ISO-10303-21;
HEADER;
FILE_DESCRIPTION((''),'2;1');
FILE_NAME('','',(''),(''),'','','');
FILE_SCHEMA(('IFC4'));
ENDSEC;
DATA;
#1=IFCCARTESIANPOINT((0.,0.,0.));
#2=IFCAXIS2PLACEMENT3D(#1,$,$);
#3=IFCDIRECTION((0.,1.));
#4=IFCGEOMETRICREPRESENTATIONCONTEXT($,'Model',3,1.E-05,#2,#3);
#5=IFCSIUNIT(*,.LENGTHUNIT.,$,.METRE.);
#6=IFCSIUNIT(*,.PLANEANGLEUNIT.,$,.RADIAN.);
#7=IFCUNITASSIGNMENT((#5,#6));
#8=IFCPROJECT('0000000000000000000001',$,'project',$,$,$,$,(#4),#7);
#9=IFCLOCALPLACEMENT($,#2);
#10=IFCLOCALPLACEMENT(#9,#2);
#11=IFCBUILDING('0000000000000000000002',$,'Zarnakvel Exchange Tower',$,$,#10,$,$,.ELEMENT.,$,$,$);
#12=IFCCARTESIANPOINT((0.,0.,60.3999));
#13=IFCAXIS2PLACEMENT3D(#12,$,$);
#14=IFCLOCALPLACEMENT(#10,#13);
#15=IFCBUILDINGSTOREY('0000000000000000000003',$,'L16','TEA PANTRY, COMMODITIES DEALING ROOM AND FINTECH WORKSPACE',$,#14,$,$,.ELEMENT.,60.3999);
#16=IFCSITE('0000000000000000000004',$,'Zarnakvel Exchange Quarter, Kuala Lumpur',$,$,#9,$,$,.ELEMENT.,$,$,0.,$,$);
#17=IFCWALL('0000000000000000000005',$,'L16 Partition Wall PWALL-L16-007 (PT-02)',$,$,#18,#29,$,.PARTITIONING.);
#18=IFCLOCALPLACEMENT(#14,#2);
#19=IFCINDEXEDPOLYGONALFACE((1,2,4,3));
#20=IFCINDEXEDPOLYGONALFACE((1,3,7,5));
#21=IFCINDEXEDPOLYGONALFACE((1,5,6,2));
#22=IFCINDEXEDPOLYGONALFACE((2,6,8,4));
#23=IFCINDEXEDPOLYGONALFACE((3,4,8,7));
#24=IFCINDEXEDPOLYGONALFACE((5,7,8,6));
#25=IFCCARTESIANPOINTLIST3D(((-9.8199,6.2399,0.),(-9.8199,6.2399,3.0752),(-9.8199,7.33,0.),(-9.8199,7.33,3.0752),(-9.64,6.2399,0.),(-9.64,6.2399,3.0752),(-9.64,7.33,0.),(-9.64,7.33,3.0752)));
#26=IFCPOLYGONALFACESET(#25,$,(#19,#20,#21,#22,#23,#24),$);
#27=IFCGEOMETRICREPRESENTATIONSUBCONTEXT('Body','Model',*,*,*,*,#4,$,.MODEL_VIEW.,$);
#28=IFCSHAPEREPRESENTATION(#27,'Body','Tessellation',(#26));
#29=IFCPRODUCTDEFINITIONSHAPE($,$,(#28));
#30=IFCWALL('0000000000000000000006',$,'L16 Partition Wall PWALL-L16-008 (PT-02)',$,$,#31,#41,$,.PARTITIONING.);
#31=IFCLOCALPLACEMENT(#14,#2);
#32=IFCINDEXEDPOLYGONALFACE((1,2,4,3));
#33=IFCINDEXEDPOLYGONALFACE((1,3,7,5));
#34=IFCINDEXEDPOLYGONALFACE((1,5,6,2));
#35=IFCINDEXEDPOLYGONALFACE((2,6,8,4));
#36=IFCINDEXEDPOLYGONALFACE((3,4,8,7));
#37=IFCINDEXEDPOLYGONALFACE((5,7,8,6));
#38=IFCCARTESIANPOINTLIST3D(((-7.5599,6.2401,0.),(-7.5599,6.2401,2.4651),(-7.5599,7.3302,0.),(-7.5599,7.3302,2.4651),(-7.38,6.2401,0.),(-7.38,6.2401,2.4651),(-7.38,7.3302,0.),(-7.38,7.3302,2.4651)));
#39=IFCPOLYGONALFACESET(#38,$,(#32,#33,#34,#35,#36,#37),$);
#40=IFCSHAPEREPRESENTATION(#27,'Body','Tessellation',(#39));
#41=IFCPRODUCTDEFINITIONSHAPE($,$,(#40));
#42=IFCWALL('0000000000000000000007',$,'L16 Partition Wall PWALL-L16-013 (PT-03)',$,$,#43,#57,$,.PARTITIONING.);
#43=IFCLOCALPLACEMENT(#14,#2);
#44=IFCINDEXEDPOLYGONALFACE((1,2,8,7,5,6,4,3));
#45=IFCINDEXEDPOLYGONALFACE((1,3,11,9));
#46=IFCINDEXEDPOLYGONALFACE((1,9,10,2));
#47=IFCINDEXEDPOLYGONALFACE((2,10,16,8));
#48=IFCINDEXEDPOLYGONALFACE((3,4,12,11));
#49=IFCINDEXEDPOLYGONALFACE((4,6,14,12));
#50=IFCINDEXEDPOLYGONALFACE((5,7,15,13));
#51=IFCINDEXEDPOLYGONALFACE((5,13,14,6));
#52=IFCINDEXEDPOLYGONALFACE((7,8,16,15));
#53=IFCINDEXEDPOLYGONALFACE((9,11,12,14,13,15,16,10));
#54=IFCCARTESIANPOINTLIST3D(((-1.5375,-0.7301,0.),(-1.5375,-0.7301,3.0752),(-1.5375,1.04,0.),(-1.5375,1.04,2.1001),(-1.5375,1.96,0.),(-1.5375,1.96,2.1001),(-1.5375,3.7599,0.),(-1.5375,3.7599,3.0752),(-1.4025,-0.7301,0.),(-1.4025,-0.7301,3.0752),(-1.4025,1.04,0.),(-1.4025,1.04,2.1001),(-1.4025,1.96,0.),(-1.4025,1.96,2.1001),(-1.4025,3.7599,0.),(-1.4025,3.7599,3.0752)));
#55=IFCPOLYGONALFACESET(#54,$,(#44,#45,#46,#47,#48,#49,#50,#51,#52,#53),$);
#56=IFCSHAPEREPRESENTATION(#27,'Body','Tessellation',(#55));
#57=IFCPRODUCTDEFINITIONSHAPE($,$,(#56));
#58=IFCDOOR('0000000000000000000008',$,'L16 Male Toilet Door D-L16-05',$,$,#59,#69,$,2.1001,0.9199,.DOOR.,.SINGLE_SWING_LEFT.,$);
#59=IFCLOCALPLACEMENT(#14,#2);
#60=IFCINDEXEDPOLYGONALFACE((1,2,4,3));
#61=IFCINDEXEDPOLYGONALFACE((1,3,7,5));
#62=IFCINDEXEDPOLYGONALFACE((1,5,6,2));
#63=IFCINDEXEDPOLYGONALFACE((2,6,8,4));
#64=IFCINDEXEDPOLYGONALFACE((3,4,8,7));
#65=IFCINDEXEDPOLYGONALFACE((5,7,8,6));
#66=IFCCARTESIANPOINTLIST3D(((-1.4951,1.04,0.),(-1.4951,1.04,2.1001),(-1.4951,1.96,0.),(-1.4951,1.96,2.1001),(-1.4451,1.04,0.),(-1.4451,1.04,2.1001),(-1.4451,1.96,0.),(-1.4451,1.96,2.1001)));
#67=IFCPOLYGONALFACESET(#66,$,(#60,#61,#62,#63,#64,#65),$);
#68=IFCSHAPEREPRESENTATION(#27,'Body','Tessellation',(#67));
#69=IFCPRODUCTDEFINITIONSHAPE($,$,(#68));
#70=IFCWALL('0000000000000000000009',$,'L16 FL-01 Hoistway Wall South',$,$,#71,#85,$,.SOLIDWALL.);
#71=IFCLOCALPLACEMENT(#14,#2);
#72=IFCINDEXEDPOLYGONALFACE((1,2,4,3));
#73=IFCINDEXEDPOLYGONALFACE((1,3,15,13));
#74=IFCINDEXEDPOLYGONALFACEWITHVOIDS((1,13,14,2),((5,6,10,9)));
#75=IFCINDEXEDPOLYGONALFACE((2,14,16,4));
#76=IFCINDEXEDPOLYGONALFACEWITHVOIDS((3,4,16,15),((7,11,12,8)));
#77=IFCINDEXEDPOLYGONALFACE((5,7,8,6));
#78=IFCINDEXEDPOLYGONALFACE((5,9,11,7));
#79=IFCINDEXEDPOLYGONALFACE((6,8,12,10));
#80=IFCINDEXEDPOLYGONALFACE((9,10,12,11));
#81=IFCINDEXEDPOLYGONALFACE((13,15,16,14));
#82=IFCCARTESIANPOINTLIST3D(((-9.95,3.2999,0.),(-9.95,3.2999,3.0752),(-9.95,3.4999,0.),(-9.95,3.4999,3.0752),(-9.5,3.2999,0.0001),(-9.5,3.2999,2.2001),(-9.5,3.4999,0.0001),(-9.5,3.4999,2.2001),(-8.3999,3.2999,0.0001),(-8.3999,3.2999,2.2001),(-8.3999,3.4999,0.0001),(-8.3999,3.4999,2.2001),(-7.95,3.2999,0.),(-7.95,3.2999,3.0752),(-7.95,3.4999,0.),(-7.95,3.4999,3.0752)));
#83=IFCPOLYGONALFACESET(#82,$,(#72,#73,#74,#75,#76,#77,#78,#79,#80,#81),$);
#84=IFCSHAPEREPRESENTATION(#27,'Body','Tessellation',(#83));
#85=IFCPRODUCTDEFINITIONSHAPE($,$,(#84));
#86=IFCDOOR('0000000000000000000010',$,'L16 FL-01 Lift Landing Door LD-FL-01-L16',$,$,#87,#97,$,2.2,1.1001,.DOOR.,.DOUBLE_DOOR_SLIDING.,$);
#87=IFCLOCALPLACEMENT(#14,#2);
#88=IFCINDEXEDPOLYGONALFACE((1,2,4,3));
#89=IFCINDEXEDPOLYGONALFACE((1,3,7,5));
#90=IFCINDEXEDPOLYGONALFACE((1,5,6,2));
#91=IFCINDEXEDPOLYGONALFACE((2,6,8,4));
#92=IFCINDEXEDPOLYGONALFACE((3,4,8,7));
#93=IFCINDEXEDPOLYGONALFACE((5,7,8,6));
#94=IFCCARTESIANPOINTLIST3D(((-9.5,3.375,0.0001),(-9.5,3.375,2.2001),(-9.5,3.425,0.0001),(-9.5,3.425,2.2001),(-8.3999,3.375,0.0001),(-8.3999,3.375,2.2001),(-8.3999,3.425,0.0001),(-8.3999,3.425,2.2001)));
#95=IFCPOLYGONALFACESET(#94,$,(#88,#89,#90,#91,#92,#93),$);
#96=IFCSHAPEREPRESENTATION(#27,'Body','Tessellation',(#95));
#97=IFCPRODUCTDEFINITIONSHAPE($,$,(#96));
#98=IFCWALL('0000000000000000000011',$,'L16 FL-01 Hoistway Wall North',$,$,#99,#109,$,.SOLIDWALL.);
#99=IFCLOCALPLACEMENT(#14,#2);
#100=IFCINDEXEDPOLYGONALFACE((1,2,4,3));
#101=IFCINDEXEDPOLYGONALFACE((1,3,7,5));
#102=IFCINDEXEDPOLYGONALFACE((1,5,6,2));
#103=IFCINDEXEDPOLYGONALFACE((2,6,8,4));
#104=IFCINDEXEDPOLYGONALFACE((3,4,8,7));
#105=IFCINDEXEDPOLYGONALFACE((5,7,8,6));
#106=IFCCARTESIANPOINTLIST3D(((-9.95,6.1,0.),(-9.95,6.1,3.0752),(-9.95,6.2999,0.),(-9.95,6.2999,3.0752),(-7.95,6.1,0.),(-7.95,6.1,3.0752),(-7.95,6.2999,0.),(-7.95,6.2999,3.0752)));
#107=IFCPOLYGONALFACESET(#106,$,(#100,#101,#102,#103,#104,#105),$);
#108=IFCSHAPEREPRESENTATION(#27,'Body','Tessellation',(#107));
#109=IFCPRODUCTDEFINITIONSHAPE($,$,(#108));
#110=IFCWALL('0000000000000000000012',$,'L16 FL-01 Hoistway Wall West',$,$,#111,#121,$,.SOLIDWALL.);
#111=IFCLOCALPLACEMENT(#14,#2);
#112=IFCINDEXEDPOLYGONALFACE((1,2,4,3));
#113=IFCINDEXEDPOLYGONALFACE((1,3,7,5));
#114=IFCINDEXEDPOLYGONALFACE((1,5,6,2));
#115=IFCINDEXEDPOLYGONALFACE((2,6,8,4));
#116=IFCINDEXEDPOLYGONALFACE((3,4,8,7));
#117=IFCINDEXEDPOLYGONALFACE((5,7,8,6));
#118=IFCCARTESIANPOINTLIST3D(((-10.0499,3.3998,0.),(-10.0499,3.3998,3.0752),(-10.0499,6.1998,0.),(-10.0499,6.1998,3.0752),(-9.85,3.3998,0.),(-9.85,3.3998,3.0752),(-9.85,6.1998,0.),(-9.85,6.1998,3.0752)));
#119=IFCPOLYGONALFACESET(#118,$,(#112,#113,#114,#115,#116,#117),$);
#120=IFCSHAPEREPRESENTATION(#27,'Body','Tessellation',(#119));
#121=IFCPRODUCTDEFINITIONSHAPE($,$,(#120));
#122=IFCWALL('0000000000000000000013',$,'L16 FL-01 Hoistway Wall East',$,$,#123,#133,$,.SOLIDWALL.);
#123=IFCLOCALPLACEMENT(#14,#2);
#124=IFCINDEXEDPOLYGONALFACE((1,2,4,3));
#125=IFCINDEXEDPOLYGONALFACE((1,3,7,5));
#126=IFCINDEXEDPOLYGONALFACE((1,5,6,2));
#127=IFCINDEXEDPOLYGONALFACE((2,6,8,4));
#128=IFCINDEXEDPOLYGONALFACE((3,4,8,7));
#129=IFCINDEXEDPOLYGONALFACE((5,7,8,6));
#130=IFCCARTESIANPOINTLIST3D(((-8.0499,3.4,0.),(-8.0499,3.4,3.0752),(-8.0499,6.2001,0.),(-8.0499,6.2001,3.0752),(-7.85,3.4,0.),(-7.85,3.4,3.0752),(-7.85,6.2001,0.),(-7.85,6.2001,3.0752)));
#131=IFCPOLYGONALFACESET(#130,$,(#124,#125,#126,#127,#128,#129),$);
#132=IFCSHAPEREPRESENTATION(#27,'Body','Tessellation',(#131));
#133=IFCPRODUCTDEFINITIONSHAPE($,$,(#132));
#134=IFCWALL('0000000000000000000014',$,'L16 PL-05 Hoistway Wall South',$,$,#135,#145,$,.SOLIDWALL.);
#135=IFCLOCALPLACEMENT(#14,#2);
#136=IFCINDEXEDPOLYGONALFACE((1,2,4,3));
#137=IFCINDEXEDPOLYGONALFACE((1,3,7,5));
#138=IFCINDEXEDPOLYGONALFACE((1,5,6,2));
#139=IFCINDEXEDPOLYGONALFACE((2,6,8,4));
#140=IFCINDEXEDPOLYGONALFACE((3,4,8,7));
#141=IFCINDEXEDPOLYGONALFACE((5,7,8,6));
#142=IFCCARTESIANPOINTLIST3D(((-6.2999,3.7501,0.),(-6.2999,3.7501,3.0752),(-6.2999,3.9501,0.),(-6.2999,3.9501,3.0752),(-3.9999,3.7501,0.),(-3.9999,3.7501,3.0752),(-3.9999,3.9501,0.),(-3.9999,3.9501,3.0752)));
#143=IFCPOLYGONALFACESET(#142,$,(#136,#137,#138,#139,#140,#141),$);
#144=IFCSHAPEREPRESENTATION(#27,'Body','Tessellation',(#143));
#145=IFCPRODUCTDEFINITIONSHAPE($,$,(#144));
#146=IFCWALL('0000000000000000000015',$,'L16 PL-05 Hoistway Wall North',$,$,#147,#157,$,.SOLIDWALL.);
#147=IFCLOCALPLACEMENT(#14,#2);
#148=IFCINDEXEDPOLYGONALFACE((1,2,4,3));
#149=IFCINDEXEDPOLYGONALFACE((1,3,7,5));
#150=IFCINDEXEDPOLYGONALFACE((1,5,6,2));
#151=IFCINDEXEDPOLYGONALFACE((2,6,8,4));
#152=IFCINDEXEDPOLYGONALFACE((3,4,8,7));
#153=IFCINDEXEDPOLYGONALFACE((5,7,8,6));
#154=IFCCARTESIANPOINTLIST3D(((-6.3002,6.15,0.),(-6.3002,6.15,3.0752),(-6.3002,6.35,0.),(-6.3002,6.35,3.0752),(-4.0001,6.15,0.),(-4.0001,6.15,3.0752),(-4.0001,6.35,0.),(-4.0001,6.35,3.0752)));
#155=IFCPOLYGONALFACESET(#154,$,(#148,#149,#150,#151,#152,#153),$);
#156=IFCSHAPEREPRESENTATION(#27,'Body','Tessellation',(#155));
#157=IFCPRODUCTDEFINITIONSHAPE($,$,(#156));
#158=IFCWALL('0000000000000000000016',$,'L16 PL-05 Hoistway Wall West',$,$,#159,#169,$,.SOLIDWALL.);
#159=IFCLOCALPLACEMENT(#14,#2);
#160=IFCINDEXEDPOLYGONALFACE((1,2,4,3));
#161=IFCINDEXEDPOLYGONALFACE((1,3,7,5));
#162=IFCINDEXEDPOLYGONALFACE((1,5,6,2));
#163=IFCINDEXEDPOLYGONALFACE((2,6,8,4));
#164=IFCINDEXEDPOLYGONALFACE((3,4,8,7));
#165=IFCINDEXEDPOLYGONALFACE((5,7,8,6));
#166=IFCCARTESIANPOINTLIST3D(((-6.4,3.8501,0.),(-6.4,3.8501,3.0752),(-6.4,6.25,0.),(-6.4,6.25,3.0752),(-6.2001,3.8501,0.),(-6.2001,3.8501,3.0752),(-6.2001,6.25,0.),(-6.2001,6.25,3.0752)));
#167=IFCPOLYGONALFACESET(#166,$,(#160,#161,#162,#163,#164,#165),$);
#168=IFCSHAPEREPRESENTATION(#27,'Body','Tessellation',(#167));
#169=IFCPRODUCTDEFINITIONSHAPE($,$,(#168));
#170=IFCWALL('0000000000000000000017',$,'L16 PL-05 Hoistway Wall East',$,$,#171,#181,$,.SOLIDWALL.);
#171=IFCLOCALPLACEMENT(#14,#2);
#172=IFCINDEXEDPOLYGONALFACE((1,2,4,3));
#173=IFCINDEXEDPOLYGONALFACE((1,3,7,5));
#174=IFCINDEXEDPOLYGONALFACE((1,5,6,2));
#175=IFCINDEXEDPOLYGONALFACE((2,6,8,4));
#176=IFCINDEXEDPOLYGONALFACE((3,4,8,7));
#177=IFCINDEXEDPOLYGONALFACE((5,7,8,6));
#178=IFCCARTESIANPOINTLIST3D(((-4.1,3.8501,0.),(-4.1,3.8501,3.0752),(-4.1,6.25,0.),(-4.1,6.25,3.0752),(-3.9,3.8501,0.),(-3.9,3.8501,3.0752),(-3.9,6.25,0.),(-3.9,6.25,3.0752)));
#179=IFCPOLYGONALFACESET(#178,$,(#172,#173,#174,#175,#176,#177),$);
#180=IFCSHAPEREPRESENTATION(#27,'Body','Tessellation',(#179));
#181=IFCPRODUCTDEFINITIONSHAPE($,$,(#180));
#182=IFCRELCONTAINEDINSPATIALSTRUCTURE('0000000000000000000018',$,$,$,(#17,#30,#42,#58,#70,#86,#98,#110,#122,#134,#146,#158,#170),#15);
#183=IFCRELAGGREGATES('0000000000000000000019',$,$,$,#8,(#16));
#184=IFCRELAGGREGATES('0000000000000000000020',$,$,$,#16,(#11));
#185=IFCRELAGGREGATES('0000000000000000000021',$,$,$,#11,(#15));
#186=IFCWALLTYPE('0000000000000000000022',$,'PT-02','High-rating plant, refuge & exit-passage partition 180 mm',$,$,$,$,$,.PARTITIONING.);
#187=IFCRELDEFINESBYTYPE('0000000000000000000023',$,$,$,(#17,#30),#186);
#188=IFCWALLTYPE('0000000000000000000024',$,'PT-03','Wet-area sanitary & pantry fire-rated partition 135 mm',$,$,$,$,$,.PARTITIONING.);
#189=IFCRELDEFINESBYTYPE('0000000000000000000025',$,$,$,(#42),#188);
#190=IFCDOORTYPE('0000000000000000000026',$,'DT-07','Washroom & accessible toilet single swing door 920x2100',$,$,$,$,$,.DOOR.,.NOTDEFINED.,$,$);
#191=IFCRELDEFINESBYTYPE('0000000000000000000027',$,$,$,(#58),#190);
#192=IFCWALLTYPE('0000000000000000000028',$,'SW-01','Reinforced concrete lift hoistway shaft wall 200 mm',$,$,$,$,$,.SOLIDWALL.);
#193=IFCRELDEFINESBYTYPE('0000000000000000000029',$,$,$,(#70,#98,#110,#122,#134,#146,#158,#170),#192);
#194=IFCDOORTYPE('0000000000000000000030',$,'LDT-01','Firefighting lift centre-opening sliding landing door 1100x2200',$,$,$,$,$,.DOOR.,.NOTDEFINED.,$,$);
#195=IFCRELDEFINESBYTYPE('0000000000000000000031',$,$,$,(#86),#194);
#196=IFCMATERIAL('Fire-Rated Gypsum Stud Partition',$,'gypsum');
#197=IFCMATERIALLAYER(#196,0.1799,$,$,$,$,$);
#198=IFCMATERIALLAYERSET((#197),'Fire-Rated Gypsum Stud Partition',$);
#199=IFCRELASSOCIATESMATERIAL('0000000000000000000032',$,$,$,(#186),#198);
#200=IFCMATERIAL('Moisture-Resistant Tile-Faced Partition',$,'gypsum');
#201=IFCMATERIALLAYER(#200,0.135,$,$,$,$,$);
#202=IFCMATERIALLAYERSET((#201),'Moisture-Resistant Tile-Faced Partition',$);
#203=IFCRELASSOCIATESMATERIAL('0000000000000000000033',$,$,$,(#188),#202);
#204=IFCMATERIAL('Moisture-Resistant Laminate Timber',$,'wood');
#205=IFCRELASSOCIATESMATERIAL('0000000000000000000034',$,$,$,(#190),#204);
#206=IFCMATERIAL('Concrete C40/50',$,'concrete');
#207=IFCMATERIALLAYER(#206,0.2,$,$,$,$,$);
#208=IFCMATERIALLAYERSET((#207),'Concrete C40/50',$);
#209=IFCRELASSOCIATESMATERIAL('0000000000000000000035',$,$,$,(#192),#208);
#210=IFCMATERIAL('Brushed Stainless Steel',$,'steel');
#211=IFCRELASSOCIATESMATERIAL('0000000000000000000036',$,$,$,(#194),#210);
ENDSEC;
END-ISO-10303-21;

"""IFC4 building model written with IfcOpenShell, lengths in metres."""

from ifc_helpers import new_model, si_unit, direction, frame, frame_2d, origin, place, context, subcontext, project, spatial, rectangle, extrude, source, transform, mapped, material, layer, layer_set, type_object, element, fill, save


model = new_model("IFC4")

# Units and contexts
model_context = context("Model", 3, precision=1e-05, world=origin(), true_north=direction((0.0, 1.0)))
body_context = subcontext(model_context, "Body", "Model", "MODEL_VIEW")
ifc_project = project(units=[si_unit("LENGTHUNIT", "METRE"), si_unit("PLANEANGLEUNIT", "RADIAN")], contexts=[model_context])

# Site, building, storey
site_placement = place(None, origin())
site = spatial("IfcSite", under=ifc_project, at=site_placement, Name="Zarnakvel Exchange Quarter, Kuala Lumpur", CompositionType="ELEMENT", RefElevation=0.0)
building_placement = place(site_placement, origin())
building = spatial("IfcBuilding", under=site, at=building_placement, Name="Zarnakvel Exchange Tower", CompositionType="ELEMENT")
storey_placement = place(building_placement, frame((0.0, 0.0, 60.3999)))
storey = spatial("IfcBuildingStorey", under=building, at=storey_placement, Name="L16", Description="TEA PANTRY, COMMODITIES DEALING ROOM AND FINTECH WORKSPACE", CompositionType="ELEMENT", Elevation=60.3999)

# Walls
ifc_material_1 = material(Name="Fire-Rated Gypsum Stud Partition", Category="gypsum")
ifc_layer_1 = layer(ifc_material_1, 0.1799)
ifc_layer_set_1 = layer_set([ifc_layer_1], Name="Fire-Rated Gypsum Stud Partition")
wall_type_1 = type_object("IfcWallType", Name="PT-02", Description="High-rating plant, refuge & exit-passage partition 180 mm", PredefinedType="PARTITIONING", material=ifc_layer_set_1)
wall_1_placement = place(storey_placement, frame((-9.73, 6.24, 0.0), z_axis=(0.0, 0.0, 1.0), x_axis=(0.0, 1.0, 0.0)))
element("IfcWall", 1, at=wall_1_placement, inside=storey, type_object=wall_type_1, Name="L16 Partition Wall PWALL-L16-007 (PT-02)", PredefinedType="PARTITIONING", context=body_context, shape_type="SweptSolid", body=[
    extrude(rectangle(XDim=1.0901, YDim=0.1799, at=frame_2d((0.5449, 0.0))), origin(), (0.0, 0.0, 1.0), 3.0752),
])
wall_2_placement = place(storey_placement, frame((-7.47, 7.3301, 0.0), z_axis=(0.0, 0.0, 1.0), x_axis=(0.0, -1.0, 0.0)))
element("IfcWall", 2, at=wall_2_placement, inside=storey, type_object=wall_type_1, Name="L16 Partition Wall PWALL-L16-008 (PT-02)", PredefinedType="PARTITIONING", context=body_context, shape_type="SweptSolid", body=[
    extrude(rectangle(XDim=1.0901, YDim=0.1799, at=frame_2d((0.5449, 0.0))), origin(), (0.0, 0.0, 1.0), 2.4651),
])

# Walls, openings, doors
ifc_material_2 = material(Name="Moisture-Resistant Tile-Faced Partition", Category="gypsum")
ifc_layer_2 = layer(ifc_material_2, 0.135)
ifc_layer_set_2 = layer_set([ifc_layer_2], Name="Moisture-Resistant Tile-Faced Partition")
wall_type_2 = type_object("IfcWallType", Name="PT-03", Description="Wet-area sanitary & pantry fire-rated partition 135 mm", PredefinedType="PARTITIONING", material=ifc_layer_set_2)
wall_3_placement = place(storey_placement, frame((-1.47, 3.76, 0.0), z_axis=(0.0, 0.0, 1.0), x_axis=(0.0, -1.0, 0.0)))
wall_3 = element("IfcWall", 3, at=wall_3_placement, inside=storey, type_object=wall_type_2, Name="L16 Partition Wall PWALL-L16-013 (PT-03)", PredefinedType="PARTITIONING", context=body_context, shape_type="SweptSolid", body=[
    extrude(rectangle(XDim=4.49, YDim=0.135, at=frame_2d((2.2451, 0.0))), origin(), (0.0, 0.0, 1.0), 3.0752),
])
opening_1_placement = place(wall_3_placement, frame((1.8, 0.0, 0.0)))
opening_1 = element("IfcOpeningElement", 4, at=opening_1_placement, cuts=wall_3, PredefinedType="OPENING", context=body_context, shape_type="SweptSolid", body=[
    extrude(rectangle(XDim=0.9199, YDim=2.1001, at=frame_2d((0.46, 1.05))), frame((0.0, 0.0774, 0.0), z_axis=(0.0, -1.0, 0.0), x_axis=(1.0, 0.0, 0.0)), (0.0, 0.0, 1.0), 0.155),
])
ifc_material_3 = material(Name="Moisture-Resistant Laminate Timber", Category="wood")
door_type_1 = type_object("IfcDoorType", Name="DT-07", Description="Washroom & accessible toilet single swing door 920x2100", OperationType="NOTDEFINED", PredefinedType="DOOR", material=ifc_material_3)
shared_shape_1 = source(origin(), body_context, "Body", "SweptSolid", [
    extrude(rectangle(XDim=0.9199, YDim=2.1001, at=frame_2d((0.46, 1.05))), frame((0.0, 0.0249, 0.0), z_axis=(0.0, -1.0, 0.0), x_axis=(1.0, 0.0, 0.0)), (0.0, 0.0, 1.0), 0.05),
])
door_1_placement = place(opening_1_placement, origin())
door_1 = element("IfcDoor", 5, at=door_1_placement, inside=storey, type_object=door_type_1, Name="L16 Male Toilet Door D-L16-05", OperationType="SINGLE_SWING_LEFT", OverallHeight=2.1001, OverallWidth=0.9199, PredefinedType="DOOR", context=body_context, shape_type="MappedRepresentation", body=[
    mapped(shared_shape_1, transform((0.0, 0.0, 0.0), x_axis=(1.0, 0.0, 0.0), y_axis=(0.0, 1.0, 0.0), z_axis=(0.0, 0.0, 1.0), scale=1.0)),
])
fill(opening_1, door_1)
ifc_material_4 = material(Name="Concrete C40/50", Category="concrete")
ifc_layer_3 = layer(ifc_material_4, 0.2)
ifc_layer_set_3 = layer_set([ifc_layer_3], Name="Concrete C40/50")
wall_type_3 = type_object("IfcWallType", Name="SW-01", Description="Reinforced concrete lift hoistway shaft wall 200 mm", PredefinedType="SOLIDWALL", material=ifc_layer_set_3)
wall_4_placement = place(storey_placement, frame((-7.95, 3.3999, 0.0), z_axis=(0.0, 0.0, 1.0), x_axis=(-1.0, 0.0, 0.0)))
wall_4 = element("IfcWall", 6, at=wall_4_placement, inside=storey, type_object=wall_type_3, Name="L16 FL-01 Hoistway Wall South", PredefinedType="SOLIDWALL", context=body_context, shape_type="SweptSolid", body=[
    extrude(rectangle(XDim=2.0, YDim=0.2, at=frame_2d((1.0, 0.0))), origin(), (0.0, 0.0, 1.0), 3.0752),
])
opening_2_placement = place(wall_4_placement, frame((0.45, 0.0, 0.0)))
opening_2 = element("IfcOpeningElement", 7, at=opening_2_placement, cuts=wall_4, PredefinedType="OPENING", context=body_context, shape_type="SweptSolid", body=[
    extrude(rectangle(XDim=1.1001, YDim=2.2, at=frame_2d((0.55, 1.1001))), frame((0.0, 0.1099, 0.0), z_axis=(0.0, -1.0, 0.0), x_axis=(1.0, 0.0, 0.0)), (0.0, 0.0, 1.0), 0.22),
])
ifc_material_5 = material(Name="Brushed Stainless Steel", Category="steel")
door_type_2 = type_object("IfcDoorType", Name="LDT-01", Description="Firefighting lift centre-opening sliding landing door 1100x2200", OperationType="NOTDEFINED", PredefinedType="DOOR", material=ifc_material_5)
shared_shape_2 = source(origin(), body_context, "Body", "SweptSolid", [
    extrude(rectangle(XDim=1.1001, YDim=2.2, at=frame_2d((0.55, 1.1001))), frame((0.0, 0.0249, 0.0), z_axis=(0.0, -1.0, 0.0), x_axis=(1.0, 0.0, 0.0)), (0.0, 0.0, 1.0), 0.05),
])
door_2_placement = place(opening_2_placement, origin())
door_2 = element("IfcDoor", 8, at=door_2_placement, inside=storey, type_object=door_type_2, Name="L16 FL-01 Lift Landing Door LD-FL-01-L16", OperationType="DOUBLE_DOOR_SLIDING", OverallHeight=2.2, OverallWidth=1.1001, PredefinedType="DOOR", context=body_context, shape_type="MappedRepresentation", body=[
    mapped(shared_shape_2, transform((0.0, 0.0, 0.0), x_axis=(1.0, 0.0, 0.0), y_axis=(0.0, 1.0, 0.0), z_axis=(0.0, 0.0, 1.0), scale=1.0)),
])
fill(opening_2, door_2)

# Walls
wall_5_placement = place(storey_placement, frame((-9.95, 6.2, 0.0), z_axis=(0.0, 0.0, 1.0), x_axis=(1.0, 0.0, 0.0)))
element("IfcWall", 9, at=wall_5_placement, inside=storey, type_object=wall_type_3, Name="L16 FL-01 Hoistway Wall North", PredefinedType="SOLIDWALL", context=body_context, shape_type="SweptSolid", body=[
    extrude(rectangle(XDim=2.0, YDim=0.2, at=frame_2d((1.0, 0.0))), origin(), (0.0, 0.0, 1.0), 3.0752),
])
for number, where, z_axis, x_axis, name in (
    (10, (-9.95, 3.3999, 0.0), (0.0, 0.0, 1.0), (0.0, 1.0, 0.0), "L16 FL-01 Hoistway Wall West"),
    (11, (-7.95, 6.2, 0.0), (0.0, 0.0, 1.0), (0.0, -1.0, 0.0), "L16 FL-01 Hoistway Wall East"),
):
    element("IfcWall", number, at=place(storey_placement, frame(where, z_axis=z_axis, x_axis=x_axis)), inside=storey, type_object=wall_type_3, Name=name, PredefinedType="SOLIDWALL", context=body_context, shape_type="SweptSolid", body=[
        extrude(rectangle(XDim=2.8, YDim=0.2, at=frame_2d((1.3999, 0.0))), origin(), (0.0, 0.0, 1.0), 3.0752),
    ])
for number, where, z_axis, x_axis, name in (
    (12, (-4.0, 3.8501, 0.0), (0.0, 0.0, 1.0), (-1.0, 0.0, 0.0), "L16 PL-05 Hoistway Wall South"),
    (13, (-6.3, 6.25, 0.0), (0.0, 0.0, 1.0), (1.0, 0.0, 0.0), "L16 PL-05 Hoistway Wall North"),
):
    element("IfcWall", number, at=place(storey_placement, frame(where, z_axis=z_axis, x_axis=x_axis)), inside=storey, type_object=wall_type_3, Name=name, PredefinedType="SOLIDWALL", context=body_context, shape_type="SweptSolid", body=[
        extrude(rectangle(XDim=2.3, YDim=0.2, at=frame_2d((1.1499, 0.0))), origin(), (0.0, 0.0, 1.0), 3.0752),
    ])
for number, where, z_axis, x_axis, name in (
    (14, (-6.3, 3.8501, 0.0), (0.0, 0.0, 1.0), (0.0, 1.0, 0.0), "L16 PL-05 Hoistway Wall West"),
    (15, (-4.0, 6.25, 0.0), (0.0, 0.0, 1.0), (0.0, -1.0, 0.0), "L16 PL-05 Hoistway Wall East"),
):
    element("IfcWall", number, at=place(storey_placement, frame(where, z_axis=z_axis, x_axis=x_axis)), inside=storey, type_object=wall_type_3, Name=name, PredefinedType="SOLIDWALL", context=body_context, shape_type="SweptSolid", body=[
        extrude(rectangle(XDim=2.3999, YDim=0.2, at=frame_2d((1.2, 0.0))), origin(), (0.0, 0.0, 1.0), 3.0752),
    ])

save(model, "model.ifc")
